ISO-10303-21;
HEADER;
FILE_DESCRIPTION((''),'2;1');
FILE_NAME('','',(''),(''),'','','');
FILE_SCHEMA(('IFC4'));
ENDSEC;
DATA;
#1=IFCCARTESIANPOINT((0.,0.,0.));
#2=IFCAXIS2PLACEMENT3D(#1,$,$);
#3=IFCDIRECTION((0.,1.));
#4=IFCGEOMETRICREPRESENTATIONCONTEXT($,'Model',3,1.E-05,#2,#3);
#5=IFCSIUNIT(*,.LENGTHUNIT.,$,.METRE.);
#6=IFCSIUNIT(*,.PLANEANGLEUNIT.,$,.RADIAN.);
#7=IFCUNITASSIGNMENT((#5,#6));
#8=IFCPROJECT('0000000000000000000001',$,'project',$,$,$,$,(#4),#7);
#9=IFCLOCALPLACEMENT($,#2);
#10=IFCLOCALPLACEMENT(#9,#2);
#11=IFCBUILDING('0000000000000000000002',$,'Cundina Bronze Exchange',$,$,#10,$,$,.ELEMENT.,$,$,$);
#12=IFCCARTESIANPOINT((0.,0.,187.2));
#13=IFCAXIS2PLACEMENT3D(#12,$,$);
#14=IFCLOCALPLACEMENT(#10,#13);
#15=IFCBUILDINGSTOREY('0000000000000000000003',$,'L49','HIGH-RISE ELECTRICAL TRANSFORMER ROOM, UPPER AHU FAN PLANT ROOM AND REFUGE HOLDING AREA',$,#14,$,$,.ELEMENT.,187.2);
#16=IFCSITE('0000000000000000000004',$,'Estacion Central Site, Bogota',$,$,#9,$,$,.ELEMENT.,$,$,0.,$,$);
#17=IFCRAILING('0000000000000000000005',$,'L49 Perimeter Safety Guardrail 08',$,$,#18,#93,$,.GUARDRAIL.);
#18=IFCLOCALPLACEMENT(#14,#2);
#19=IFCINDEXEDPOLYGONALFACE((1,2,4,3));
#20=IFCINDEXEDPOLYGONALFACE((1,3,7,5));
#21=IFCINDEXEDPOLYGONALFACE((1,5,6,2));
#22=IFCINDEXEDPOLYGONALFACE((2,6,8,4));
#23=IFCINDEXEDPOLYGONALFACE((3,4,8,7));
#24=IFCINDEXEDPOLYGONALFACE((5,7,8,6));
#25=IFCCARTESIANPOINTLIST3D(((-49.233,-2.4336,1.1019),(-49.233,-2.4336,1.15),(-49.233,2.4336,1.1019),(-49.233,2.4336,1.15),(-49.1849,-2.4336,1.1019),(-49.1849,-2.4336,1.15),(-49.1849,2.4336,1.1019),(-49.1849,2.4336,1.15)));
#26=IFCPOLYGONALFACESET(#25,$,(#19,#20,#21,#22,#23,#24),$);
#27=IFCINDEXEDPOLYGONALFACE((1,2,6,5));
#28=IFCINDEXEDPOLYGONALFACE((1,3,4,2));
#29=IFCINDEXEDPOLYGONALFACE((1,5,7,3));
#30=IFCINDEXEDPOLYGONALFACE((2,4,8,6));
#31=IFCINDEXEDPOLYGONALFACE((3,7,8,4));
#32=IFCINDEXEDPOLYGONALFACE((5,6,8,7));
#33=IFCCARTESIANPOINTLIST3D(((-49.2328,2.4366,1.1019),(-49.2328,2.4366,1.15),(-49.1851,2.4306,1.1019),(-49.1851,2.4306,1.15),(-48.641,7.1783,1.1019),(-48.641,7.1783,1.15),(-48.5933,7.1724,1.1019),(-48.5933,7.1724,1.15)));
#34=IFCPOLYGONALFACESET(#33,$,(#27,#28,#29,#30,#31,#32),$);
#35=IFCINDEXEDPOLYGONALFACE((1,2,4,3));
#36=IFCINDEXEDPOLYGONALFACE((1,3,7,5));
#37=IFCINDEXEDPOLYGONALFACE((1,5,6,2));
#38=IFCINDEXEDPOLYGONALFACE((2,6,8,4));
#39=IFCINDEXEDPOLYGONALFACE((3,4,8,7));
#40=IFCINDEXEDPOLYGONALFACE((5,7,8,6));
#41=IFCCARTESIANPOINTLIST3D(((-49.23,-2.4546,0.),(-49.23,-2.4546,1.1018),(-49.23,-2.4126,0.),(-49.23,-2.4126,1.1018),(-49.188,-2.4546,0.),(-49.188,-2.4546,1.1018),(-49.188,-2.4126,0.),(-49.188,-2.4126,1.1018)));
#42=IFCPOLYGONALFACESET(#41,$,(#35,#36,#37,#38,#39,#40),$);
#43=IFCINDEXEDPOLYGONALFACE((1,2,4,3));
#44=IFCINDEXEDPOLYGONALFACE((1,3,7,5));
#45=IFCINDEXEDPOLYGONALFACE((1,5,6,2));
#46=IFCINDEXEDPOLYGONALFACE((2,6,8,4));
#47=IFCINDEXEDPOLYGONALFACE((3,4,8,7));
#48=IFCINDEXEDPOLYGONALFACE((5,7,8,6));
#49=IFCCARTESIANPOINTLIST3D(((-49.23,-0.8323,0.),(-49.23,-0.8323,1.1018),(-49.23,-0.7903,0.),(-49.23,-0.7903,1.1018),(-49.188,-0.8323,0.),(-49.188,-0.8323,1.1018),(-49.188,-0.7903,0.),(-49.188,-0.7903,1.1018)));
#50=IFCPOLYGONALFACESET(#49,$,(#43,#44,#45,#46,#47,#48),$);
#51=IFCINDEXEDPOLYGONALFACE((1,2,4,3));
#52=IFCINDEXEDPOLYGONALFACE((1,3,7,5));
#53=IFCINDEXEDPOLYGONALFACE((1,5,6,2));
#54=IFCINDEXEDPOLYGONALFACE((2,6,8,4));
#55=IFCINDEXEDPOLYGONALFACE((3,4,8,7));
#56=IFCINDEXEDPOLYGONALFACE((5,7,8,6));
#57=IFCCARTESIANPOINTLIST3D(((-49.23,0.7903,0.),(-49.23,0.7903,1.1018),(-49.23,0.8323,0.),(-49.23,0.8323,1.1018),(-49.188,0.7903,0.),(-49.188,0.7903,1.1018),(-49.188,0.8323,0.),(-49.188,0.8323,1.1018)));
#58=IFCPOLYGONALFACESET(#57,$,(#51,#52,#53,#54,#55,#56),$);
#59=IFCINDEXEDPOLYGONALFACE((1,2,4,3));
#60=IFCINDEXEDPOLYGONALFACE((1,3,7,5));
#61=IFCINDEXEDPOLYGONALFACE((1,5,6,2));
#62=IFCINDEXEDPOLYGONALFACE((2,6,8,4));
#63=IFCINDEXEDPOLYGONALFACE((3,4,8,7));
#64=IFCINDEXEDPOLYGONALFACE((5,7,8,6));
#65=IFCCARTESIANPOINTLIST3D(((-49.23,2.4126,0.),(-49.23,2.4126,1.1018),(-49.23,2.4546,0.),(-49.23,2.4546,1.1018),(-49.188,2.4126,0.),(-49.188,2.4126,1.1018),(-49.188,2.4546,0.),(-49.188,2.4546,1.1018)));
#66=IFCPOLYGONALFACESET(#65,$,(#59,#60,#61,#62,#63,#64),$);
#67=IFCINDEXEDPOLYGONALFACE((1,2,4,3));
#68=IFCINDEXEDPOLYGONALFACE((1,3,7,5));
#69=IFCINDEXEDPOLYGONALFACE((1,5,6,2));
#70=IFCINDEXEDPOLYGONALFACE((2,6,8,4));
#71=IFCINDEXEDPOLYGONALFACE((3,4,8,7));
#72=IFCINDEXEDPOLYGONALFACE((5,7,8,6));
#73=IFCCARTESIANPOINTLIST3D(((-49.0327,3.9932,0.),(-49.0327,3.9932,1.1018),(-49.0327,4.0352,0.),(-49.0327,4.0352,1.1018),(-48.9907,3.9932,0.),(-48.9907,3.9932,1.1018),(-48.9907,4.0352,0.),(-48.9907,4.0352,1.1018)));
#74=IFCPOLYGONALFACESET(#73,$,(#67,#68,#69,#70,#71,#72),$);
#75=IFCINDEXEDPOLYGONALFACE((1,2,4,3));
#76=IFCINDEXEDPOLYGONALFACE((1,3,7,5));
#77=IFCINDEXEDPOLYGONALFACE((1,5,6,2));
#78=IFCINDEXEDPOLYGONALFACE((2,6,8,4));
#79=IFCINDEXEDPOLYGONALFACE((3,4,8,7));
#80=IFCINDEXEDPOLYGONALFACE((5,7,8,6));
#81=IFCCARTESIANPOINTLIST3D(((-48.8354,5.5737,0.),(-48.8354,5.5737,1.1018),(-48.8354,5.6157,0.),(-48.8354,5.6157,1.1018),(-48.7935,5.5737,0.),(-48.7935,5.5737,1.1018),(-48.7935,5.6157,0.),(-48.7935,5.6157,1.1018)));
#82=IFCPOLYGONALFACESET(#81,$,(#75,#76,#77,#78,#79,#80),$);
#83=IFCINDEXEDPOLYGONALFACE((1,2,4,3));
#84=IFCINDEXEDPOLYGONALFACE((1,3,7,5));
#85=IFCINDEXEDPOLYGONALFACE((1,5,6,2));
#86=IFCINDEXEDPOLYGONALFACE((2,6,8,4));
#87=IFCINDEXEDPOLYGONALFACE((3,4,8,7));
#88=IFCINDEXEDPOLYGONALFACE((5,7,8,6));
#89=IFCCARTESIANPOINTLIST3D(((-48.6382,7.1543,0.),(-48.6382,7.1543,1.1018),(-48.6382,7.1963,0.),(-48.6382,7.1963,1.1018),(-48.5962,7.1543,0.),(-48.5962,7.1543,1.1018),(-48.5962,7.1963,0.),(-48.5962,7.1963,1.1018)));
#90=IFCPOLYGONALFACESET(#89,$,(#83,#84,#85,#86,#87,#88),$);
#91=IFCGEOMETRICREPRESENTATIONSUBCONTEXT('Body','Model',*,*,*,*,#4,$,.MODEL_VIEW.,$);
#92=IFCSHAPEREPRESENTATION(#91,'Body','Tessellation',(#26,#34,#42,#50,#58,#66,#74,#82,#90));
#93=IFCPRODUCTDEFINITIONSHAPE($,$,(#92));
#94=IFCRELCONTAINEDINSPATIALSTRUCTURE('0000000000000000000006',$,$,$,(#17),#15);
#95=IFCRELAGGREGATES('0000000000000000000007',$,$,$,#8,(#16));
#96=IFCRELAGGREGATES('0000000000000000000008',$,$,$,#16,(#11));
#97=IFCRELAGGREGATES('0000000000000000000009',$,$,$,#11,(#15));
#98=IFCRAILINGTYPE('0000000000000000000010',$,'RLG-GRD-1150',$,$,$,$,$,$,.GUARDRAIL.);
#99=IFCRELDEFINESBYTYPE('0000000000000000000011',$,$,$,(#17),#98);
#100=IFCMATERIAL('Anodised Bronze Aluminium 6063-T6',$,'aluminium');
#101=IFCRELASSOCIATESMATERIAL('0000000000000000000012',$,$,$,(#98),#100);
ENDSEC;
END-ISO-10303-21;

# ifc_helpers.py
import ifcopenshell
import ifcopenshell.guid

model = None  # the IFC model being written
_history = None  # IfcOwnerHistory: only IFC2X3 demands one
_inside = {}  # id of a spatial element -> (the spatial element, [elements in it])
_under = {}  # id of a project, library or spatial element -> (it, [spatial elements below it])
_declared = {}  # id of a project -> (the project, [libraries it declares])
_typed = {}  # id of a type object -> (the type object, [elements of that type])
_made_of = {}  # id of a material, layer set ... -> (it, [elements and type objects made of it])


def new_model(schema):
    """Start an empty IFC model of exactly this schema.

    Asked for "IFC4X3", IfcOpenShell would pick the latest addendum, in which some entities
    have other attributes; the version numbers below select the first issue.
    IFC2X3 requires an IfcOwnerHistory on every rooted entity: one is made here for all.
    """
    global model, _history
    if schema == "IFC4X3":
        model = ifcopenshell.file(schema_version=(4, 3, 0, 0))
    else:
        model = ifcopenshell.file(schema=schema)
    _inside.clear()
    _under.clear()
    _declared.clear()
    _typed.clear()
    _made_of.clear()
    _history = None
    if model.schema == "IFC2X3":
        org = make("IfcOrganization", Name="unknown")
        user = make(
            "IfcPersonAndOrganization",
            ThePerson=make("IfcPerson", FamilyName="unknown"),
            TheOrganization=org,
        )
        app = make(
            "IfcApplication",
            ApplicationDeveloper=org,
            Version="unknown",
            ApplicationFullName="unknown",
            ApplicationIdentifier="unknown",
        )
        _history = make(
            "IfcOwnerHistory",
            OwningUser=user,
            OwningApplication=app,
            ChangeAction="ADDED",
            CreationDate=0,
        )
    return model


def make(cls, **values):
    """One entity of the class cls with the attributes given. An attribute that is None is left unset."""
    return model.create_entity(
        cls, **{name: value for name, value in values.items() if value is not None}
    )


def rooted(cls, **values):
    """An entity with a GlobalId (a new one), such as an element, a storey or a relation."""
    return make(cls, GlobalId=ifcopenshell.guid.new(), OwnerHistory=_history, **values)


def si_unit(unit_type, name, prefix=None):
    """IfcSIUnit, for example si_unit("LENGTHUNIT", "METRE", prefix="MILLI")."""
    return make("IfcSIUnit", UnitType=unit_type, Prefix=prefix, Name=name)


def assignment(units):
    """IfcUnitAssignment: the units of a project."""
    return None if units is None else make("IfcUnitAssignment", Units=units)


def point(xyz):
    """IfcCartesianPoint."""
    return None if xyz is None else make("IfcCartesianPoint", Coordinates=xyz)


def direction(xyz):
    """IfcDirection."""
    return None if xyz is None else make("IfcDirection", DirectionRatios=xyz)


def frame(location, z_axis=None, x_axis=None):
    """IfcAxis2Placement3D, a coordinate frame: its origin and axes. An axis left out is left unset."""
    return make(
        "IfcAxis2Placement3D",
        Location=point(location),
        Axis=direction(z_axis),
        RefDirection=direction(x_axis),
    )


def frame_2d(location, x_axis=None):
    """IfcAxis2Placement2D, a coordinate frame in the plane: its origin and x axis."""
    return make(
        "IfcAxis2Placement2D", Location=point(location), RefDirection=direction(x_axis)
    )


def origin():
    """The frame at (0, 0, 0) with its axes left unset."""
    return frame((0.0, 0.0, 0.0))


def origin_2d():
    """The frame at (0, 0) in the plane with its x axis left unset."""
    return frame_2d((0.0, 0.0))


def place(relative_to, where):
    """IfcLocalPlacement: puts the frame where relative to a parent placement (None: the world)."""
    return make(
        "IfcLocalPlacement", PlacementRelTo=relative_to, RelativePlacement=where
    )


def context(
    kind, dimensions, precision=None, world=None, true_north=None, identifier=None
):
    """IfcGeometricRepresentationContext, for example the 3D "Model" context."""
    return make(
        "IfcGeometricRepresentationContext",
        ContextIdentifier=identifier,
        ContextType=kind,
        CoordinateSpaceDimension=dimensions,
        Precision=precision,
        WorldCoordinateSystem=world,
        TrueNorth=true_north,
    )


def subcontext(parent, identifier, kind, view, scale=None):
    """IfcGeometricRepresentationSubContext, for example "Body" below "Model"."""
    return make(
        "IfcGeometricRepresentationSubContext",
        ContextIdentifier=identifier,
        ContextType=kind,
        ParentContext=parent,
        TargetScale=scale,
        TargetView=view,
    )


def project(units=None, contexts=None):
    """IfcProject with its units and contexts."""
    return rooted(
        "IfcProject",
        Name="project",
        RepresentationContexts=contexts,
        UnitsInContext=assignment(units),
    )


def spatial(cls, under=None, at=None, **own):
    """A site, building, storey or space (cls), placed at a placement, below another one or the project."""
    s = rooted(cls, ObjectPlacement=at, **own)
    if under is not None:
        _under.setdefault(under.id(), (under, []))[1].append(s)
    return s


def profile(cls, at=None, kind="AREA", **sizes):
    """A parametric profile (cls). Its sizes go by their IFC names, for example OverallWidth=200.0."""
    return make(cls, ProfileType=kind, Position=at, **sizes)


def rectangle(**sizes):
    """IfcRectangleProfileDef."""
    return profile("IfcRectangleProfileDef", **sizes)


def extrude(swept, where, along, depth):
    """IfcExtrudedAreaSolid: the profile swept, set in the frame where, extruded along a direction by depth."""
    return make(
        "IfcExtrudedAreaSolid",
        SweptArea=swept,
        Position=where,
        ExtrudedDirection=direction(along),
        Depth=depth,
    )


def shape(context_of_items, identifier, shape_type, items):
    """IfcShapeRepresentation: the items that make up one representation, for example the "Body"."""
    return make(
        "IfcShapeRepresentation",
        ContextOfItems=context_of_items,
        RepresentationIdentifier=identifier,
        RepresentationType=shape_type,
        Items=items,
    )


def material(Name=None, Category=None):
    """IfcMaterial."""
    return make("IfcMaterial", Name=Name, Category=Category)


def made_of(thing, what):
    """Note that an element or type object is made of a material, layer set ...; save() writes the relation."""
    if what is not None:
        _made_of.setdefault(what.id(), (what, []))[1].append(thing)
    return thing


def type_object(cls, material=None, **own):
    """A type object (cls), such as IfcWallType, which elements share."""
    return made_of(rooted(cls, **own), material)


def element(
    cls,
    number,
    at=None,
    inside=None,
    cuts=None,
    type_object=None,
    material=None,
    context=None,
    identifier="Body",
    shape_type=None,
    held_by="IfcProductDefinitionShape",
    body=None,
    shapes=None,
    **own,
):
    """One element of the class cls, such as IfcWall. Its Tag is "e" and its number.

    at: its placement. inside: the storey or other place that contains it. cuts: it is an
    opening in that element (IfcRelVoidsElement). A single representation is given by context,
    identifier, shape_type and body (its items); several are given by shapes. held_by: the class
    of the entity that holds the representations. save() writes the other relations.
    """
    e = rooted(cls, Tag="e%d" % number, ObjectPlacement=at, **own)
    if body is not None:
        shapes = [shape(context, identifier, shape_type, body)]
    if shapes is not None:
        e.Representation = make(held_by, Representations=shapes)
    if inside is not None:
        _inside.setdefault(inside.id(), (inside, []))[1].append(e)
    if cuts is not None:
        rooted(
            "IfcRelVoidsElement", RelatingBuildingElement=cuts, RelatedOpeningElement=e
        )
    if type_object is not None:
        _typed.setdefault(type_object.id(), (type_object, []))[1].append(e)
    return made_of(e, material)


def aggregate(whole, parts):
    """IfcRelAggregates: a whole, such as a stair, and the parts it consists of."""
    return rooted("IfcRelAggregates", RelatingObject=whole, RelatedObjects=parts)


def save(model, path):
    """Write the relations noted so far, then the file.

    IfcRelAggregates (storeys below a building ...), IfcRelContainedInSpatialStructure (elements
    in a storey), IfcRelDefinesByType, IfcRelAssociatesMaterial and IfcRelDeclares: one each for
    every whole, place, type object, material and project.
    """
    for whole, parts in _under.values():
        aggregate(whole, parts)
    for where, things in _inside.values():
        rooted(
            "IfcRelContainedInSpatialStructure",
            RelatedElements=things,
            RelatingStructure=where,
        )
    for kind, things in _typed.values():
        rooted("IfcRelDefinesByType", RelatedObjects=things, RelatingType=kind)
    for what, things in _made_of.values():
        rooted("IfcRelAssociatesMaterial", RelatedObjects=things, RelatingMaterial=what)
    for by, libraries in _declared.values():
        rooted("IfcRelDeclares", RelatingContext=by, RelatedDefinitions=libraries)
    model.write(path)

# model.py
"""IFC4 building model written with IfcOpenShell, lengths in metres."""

from ifc_helpers import new_model, si_unit, direction, frame, origin, origin_2d, place, context, subcontext, project, spatial, rectangle, extrude, material, type_object, element, save


model = new_model("IFC4")

# Units and contexts
model_context = context("Model", 3, precision=1e-05, world=origin(), true_north=direction((0.0, 1.0)))
body_context = subcontext(model_context, "Body", "Model", "MODEL_VIEW")
ifc_project = project(units=[si_unit("LENGTHUNIT", "METRE"), si_unit("PLANEANGLEUNIT", "RADIAN")], contexts=[model_context])

# Site, building, storey
site_placement = place(None, origin())
site = spatial("IfcSite", under=ifc_project, at=site_placement, Name="Estacion Central Site, Bogota", CompositionType="ELEMENT", RefElevation=0.0)
building_placement = place(site_placement, origin())
building = spatial("IfcBuilding", under=site, at=building_placement, Name="Cundina Bronze Exchange", CompositionType="ELEMENT")
storey_placement = place(building_placement, frame((0.0, 0.0, 187.2)))
storey = spatial("IfcBuildingStorey", under=building, at=storey_placement, Name="L49", Description="HIGH-RISE ELECTRICAL TRANSFORMER ROOM, UPPER AHU FAN PLANT ROOM AND REFUGE HOLDING AREA", CompositionType="ELEMENT", Elevation=187.2)

# Railing
ifc_material_1 = material(Name="Anodised Bronze Aluminium 6063-T6", Category="aluminium")
railing_type = type_object("IfcRailingType", Name="RLG-GRD-1150", PredefinedType="GUARDRAIL", material=ifc_material_1)
railing_placement = place(storey_placement, frame((-49.209, -2.4336, 0.0)))
element("IfcRailing", 1, at=railing_placement, inside=storey, type_object=railing_type, Name="L49 Perimeter Safety Guardrail 08", PredefinedType="GUARDRAIL", context=body_context, shape_type="SweptSolid", body=[
    extrude(rectangle(XDim=0.0481, YDim=0.0481, at=origin_2d()), frame((0.0, 0.0, 1.126), z_axis=(0.0, 1.0, 0.0), x_axis=(-1.0, 0.0, 0.0)), (0.0, 0.0, 1.0), 4.8672),
    extrude(rectangle(XDim=0.0481, YDim=0.0481, at=origin_2d()), frame((0.0, 4.8672, 1.126), z_axis=(0.123846, 0.992301, 0.0), x_axis=(-0.992301, 0.123846, 0.0)), (0.0, 0.0, 1.0), 4.7786),
    extrude(rectangle(XDim=0.042, YDim=0.042, at=origin_2d()), origin(), (0.0, 0.0, 1.0), 1.1018),
    extrude(rectangle(XDim=0.042, YDim=0.042, at=origin_2d()), frame((0.0, 1.6223, 0.0)), (0.0, 0.0, 1.0), 1.1018),
    extrude(rectangle(XDim=0.042, YDim=0.042, at=origin_2d()), frame((0.0, 3.2449, 0.0)), (0.0, 0.0, 1.0), 1.1018),
    extrude(rectangle(XDim=0.042, YDim=0.042, at=origin_2d()), frame((0.0, 4.8672, 0.0)), (0.0, 0.0, 1.0), 1.1018),
    extrude(rectangle(XDim=0.042, YDim=0.042, at=origin_2d()), frame((0.1973, 6.4478, 0.0)), (0.0, 0.0, 1.0), 1.1018),
    extrude(rectangle(XDim=0.042, YDim=0.042, at=origin_2d()), frame((0.3945, 8.0283, 0.0)), (0.0, 0.0, 1.0), 1.1018),
    extrude(rectangle(XDim=0.042, YDim=0.042, at=origin_2d()), frame((0.5918, 9.6089, 0.0)), (0.0, 0.0, 1.0), 1.1018),
])

save(model, "model.ifc")
